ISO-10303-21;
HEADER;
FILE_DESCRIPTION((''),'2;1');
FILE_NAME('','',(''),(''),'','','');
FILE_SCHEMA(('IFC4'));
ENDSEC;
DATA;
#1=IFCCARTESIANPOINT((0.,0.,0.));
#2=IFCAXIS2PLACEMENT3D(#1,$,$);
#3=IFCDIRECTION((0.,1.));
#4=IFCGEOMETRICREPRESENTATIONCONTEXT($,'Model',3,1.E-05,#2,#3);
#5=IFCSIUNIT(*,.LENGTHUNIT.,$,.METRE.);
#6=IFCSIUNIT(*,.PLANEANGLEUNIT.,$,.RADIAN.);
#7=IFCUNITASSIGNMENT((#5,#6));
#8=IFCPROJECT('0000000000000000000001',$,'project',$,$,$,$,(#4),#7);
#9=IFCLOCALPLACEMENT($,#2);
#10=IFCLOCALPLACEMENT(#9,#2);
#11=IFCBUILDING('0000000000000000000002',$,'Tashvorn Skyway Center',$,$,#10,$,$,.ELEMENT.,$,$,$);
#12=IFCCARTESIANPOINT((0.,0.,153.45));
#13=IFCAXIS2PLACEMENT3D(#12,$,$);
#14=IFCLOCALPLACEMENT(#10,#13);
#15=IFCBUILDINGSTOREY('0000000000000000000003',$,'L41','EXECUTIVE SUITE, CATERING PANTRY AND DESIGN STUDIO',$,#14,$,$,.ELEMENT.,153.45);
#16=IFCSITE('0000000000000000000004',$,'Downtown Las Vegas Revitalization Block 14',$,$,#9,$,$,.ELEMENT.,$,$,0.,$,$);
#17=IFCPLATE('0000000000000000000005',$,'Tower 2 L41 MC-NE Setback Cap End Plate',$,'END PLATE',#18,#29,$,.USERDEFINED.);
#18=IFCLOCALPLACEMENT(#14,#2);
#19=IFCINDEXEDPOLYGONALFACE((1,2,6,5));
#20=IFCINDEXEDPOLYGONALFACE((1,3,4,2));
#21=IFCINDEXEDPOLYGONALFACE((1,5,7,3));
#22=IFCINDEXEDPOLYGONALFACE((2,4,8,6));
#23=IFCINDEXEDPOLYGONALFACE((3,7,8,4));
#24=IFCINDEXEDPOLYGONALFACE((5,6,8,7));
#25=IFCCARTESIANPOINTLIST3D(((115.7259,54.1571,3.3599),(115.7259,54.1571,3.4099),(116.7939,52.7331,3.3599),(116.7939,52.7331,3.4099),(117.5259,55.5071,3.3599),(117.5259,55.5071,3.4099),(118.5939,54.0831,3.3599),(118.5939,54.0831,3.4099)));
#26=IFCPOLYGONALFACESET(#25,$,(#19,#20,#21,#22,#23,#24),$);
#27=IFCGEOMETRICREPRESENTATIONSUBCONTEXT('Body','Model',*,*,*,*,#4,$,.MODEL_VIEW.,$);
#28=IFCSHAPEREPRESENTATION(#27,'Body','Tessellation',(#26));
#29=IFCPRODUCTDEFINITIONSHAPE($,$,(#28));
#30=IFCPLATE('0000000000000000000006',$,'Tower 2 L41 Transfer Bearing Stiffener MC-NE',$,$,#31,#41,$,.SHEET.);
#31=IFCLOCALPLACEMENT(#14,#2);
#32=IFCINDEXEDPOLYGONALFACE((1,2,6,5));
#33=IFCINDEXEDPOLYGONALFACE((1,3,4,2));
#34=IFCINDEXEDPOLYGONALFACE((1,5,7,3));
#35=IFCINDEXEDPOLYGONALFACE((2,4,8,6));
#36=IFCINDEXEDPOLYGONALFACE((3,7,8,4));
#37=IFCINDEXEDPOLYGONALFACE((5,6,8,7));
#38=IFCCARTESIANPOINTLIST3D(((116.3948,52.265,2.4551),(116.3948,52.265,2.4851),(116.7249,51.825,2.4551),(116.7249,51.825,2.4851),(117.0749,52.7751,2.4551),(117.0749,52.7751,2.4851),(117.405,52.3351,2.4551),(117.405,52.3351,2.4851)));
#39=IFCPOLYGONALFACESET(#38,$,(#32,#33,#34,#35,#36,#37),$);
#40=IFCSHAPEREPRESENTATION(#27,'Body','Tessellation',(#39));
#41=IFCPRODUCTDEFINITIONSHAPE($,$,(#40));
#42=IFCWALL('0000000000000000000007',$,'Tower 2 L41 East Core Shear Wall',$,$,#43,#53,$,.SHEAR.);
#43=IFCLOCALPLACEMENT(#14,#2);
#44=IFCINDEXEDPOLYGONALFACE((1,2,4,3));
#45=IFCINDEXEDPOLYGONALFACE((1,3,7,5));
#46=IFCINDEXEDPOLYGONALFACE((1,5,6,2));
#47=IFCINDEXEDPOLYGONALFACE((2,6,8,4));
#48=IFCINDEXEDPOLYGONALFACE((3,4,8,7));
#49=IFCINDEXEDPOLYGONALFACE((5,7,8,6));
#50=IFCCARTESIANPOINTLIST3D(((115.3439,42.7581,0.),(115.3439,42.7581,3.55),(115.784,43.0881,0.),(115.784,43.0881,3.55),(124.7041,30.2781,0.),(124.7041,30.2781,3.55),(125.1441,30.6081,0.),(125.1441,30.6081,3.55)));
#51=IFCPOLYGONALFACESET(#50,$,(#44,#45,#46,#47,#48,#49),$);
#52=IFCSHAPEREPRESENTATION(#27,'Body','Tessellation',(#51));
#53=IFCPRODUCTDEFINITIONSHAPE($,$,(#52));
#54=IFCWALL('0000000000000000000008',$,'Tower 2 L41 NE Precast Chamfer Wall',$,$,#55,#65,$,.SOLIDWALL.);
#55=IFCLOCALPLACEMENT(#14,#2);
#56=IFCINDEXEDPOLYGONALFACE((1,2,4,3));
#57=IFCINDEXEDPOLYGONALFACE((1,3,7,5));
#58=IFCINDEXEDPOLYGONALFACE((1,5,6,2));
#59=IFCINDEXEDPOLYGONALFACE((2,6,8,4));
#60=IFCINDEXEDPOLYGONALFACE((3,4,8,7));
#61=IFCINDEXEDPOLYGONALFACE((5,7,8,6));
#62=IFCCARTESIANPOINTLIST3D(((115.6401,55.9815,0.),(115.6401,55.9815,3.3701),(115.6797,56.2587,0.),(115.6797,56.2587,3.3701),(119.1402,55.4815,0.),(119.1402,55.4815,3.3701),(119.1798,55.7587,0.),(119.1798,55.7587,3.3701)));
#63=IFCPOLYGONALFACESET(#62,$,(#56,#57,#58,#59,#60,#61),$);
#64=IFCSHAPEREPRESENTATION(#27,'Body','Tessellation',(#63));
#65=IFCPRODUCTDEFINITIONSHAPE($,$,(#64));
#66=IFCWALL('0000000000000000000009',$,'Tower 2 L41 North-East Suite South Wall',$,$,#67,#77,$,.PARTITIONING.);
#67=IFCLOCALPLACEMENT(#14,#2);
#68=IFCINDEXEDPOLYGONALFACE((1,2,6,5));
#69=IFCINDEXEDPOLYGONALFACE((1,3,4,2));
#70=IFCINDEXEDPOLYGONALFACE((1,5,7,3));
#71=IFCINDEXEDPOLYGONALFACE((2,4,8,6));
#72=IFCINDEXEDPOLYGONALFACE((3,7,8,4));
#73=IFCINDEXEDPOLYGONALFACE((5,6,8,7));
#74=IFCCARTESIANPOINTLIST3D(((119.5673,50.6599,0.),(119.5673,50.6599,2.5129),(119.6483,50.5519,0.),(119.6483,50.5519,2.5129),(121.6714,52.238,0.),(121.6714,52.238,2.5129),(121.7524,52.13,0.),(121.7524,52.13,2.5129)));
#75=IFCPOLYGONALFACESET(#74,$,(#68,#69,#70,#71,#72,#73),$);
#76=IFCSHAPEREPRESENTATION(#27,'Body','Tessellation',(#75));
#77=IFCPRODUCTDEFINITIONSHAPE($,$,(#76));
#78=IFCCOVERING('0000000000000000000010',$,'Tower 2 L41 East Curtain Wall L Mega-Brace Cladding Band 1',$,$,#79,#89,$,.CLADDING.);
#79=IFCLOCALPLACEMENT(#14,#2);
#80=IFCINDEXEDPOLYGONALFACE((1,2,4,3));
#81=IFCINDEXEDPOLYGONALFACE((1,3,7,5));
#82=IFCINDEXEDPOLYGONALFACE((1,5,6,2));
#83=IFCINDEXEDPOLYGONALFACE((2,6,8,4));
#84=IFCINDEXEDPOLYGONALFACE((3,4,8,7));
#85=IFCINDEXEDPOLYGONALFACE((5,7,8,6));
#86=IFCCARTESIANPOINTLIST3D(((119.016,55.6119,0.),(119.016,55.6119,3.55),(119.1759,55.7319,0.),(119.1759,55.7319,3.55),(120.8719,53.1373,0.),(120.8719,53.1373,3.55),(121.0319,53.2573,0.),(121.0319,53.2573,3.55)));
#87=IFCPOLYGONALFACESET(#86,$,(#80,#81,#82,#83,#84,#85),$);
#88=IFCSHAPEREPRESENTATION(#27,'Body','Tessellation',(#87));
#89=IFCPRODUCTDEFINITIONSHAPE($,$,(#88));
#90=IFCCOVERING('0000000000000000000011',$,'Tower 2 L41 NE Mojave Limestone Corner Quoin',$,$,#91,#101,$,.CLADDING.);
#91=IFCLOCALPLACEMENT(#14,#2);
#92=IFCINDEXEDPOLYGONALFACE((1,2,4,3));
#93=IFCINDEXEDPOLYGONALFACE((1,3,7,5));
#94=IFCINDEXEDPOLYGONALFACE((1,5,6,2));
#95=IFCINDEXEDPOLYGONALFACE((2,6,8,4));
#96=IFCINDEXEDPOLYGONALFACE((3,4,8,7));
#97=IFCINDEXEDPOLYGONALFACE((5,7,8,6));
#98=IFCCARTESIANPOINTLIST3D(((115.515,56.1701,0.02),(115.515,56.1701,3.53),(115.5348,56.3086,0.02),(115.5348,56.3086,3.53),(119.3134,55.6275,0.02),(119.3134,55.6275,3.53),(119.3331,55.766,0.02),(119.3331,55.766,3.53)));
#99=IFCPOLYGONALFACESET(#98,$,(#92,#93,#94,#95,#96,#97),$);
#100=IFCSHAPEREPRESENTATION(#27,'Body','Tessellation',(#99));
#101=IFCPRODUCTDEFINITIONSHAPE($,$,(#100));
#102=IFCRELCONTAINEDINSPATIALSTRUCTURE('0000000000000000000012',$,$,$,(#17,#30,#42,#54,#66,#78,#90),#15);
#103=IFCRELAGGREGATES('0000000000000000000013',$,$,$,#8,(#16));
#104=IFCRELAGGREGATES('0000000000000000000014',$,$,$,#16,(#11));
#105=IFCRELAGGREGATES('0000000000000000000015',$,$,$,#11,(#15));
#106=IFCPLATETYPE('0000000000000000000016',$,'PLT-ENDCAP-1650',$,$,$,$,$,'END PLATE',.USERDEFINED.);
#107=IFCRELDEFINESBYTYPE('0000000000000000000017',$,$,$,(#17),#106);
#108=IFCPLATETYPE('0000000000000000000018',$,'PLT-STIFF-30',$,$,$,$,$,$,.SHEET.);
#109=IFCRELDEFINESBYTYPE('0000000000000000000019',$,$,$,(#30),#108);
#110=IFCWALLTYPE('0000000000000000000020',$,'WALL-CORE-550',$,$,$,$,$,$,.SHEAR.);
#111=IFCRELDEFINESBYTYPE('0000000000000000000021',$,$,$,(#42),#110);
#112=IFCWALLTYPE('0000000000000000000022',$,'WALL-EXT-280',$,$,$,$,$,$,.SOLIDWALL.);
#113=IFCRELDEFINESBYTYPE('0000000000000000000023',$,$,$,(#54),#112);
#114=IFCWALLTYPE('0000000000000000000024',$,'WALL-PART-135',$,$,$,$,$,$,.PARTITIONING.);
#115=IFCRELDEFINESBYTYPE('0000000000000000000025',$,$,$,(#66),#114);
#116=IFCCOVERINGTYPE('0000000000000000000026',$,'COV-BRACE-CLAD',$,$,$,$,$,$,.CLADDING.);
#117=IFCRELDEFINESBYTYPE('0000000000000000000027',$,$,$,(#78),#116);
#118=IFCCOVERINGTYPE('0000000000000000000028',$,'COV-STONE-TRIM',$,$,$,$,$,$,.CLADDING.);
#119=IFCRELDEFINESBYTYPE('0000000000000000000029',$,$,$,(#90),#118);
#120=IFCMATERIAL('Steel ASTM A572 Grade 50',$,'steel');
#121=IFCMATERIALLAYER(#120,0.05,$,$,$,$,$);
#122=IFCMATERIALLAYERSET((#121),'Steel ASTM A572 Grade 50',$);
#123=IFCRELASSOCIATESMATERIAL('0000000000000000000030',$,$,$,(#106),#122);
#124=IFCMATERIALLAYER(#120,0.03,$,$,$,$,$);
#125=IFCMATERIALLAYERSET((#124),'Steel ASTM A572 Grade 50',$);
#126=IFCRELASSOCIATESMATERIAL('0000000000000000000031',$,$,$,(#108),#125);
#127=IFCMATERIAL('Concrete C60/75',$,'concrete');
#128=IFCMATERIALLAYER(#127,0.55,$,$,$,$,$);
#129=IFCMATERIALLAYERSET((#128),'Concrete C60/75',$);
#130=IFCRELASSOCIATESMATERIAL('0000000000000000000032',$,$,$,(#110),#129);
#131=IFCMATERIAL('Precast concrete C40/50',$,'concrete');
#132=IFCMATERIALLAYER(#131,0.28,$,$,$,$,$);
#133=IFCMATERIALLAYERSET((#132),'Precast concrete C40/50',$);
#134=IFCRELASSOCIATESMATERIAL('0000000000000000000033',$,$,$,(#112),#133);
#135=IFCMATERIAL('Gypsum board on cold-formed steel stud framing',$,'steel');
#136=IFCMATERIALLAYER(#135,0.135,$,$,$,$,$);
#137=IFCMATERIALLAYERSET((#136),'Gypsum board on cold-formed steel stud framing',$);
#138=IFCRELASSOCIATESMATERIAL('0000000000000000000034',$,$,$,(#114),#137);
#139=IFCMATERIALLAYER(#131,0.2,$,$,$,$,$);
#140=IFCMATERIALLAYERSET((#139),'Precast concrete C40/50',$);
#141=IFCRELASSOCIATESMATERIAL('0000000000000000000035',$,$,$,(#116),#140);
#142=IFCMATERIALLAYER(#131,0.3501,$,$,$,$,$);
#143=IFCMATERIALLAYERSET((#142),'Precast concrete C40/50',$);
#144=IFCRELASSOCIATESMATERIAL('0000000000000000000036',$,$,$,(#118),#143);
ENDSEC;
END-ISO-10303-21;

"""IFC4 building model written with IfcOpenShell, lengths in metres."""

from ifc_helpers import new_model, si_unit, direction, frame, frame_2d, origin, origin_2d, place, context, subcontext, project, spatial, rectangle, extrude, material, layer, layer_set, type_object, element, save


model = new_model("IFC4")

# Units and contexts
model_context = context("Model", 3, precision=1e-05, world=origin(), true_north=direction((0.0, 1.0)))
body_context = subcontext(model_context, "Body", "Model", "MODEL_VIEW")
ifc_project = project(units=[si_unit("LENGTHUNIT", "METRE"), si_unit("PLANEANGLEUNIT", "RADIAN")], contexts=[model_context])

# Site, building, storey
site_placement = place(None, origin())
site = spatial("IfcSite", under=ifc_project, at=site_placement, Name="Downtown Las Vegas Revitalization Block 14", CompositionType="ELEMENT", RefElevation=0.0)
building_placement = place(site_placement, origin())
building = spatial("IfcBuilding", under=site, at=building_placement, Name="Tashvorn Skyway Center", CompositionType="ELEMENT")
storey_placement = place(building_placement, frame((0.0, 0.0, 153.45)))
storey = spatial("IfcBuildingStorey", under=building, at=storey_placement, Name="L41", Description="EXECUTIVE SUITE, CATERING PANTRY AND DESIGN STUDIO", CompositionType="ELEMENT", Elevation=153.45)

# Shared definitions
ifc_material_1 = material(Name="Steel ASTM A572 Grade 50", Category="steel")

# Plates
ifc_layer_1 = layer(ifc_material_1, 0.05)
ifc_layer_set_1 = layer_set([ifc_layer_1], Name="Steel ASTM A572 Grade 50")
plate_type_1 = type_object("IfcPlateType", Name="PLT-ENDCAP-1650", ElementType="END PLATE", PredefinedType="USERDEFINED", material=ifc_layer_set_1)
plate_1_placement = place(storey_placement, frame((117.1599, 54.1201, 3.3599), z_axis=(0.0, 0.0, 1.0), x_axis=(0.8, 0.6, 0.0)))
element("IfcPlate", 1, at=plate_1_placement, inside=storey, type_object=plate_type_1, Name="Tower 2 L41 MC-NE Setback Cap End Plate", ObjectType="END PLATE", PredefinedType="USERDEFINED", context=body_context, shape_type="SweptSolid", body=[
    extrude(rectangle(XDim=2.25, YDim=1.78, at=origin_2d()), origin(), (0.0, 0.0, 1.0), 0.05),
])
ifc_layer_2 = layer(ifc_material_1, 0.03)
ifc_layer_set_2 = layer_set([ifc_layer_2], Name="Steel ASTM A572 Grade 50")
plate_type_2 = type_object("IfcPlateType", Name="PLT-STIFF-30", PredefinedType="SHEET", material=ifc_layer_set_2)
plate_2_placement = place(storey_placement, frame((116.8999, 52.3, 2.4551), z_axis=(0.0, 0.0, 1.0), x_axis=(0.8, 0.6, 0.0)))
element("IfcPlate", 2, at=plate_2_placement, inside=storey, type_object=plate_type_2, Name="Tower 2 L41 Transfer Bearing Stiffener MC-NE", PredefinedType="SHEET", context=body_context, shape_type="SweptSolid", body=[
    extrude(rectangle(XDim=0.8501, YDim=0.55, at=origin_2d()), origin(), (0.0, 0.0, 1.0), 0.03),
])

# Walls
ifc_material_2 = material(Name="Concrete C60/75", Category="concrete")
ifc_layer_3 = layer(ifc_material_2, 0.55)
ifc_layer_set_3 = layer_set([ifc_layer_3], Name="Concrete C60/75")
wall_type_1 = type_object("IfcWallType", Name="WALL-CORE-550", PredefinedType="SHEAR", material=ifc_layer_set_3)
wall_1_placement = place(storey_placement, frame((115.564, 42.9231, 0.0), z_axis=(0.0, 0.0, 1.0), x_axis=(0.600005, -0.799996, 0.0)))
element("IfcWall", 3, at=wall_1_placement, inside=storey, type_object=wall_type_1, Name="Tower 2 L41 East Core Shear Wall", PredefinedType="SHEAR", context=body_context, shape_type="SweptSolid", body=[
    extrude(rectangle(XDim=15.6001, YDim=0.55, at=frame_2d((7.8, 0.0))), origin(), (0.0, 0.0, 1.0), 3.55),
])
ifc_material_3 = material(Name="Precast concrete C40/50", Category="concrete")
ifc_layer_4 = layer(ifc_material_3, 0.28)
ifc_layer_set_4 = layer_set([ifc_layer_4], Name="Precast concrete C40/50")
wall_type_2 = type_object("IfcWallType", Name="WALL-EXT-280", PredefinedType="SOLIDWALL", material=ifc_layer_set_4)
wall_2_placement = place(storey_placement, frame((115.6599, 56.1201, 0.0), z_axis=(0.0, 0.0, 1.0), x_axis=(0.989949, -0.141421, 0.0)))
element("IfcWall", 4, at=wall_2_placement, inside=storey, type_object=wall_type_2, Name="Tower 2 L41 NE Precast Chamfer Wall", PredefinedType="SOLIDWALL", context=body_context, shape_type="SweptSolid", body=[
    extrude(rectangle(XDim=3.5356, YDim=0.28, at=frame_2d((1.7678, 0.0))), origin(), (0.0, 0.0, 1.0), 3.3701),
])
ifc_material_4 = material(Name="Gypsum board on cold-formed steel stud framing", Category="steel")
ifc_layer_5 = layer(ifc_material_4, 0.135)
ifc_layer_set_5 = layer_set([ifc_layer_5], Name="Gypsum board on cold-formed steel stud framing")
wall_type_3 = type_object("IfcWallType", Name="WALL-PART-135", PredefinedType="PARTITIONING", material=ifc_layer_set_5)
wall_3_placement = place(storey_placement, frame((119.6079, 50.606, 0.0), z_axis=(0.0, 0.0, 1.0), x_axis=(0.799978, 0.60003, 0.0)))
element("IfcWall", 5, at=wall_3_placement, inside=storey, type_object=wall_type_3, Name="Tower 2 L41 North-East Suite South Wall", PredefinedType="PARTITIONING", context=body_context, shape_type="SweptSolid", body=[
    extrude(rectangle(XDim=2.6301, YDim=0.135, at=frame_2d((1.3149, 0.0))), origin(), (0.0, 0.0, 1.0), 2.5129),
])

# Coverings
ifc_layer_6 = layer(ifc_material_3, 0.2)
ifc_layer_set_6 = layer_set([ifc_layer_6], Name="Precast concrete C40/50")
covering_type_1 = type_object("IfcCoveringType", Name="COV-BRACE-CLAD", PredefinedType="CLADDING", material=ifc_layer_set_6)
covering_1_placement = place(storey_placement, frame((120.0239, 54.4346, 0.0), z_axis=(0.0, 0.0, 1.0), x_axis=(0.6, -0.8, 0.0)))
element("IfcCovering", 6, at=covering_1_placement, inside=storey, type_object=covering_type_1, Name="Tower 2 L41 East Curtain Wall L Mega-Brace Cladding Band 1", PredefinedType="CLADDING", context=body_context, shape_type="SweptSolid", body=[
    extrude(rectangle(XDim=3.0933, YDim=0.2, at=origin_2d()), origin(), (0.0, 0.0, 1.0), 3.55),
])
ifc_layer_7 = layer(ifc_material_3, 0.3501)
ifc_layer_set_7 = layer_set([ifc_layer_7], Name="Precast concrete C40/50")
covering_type_2 = type_object("IfcCoveringType", Name="COV-STONE-TRIM", PredefinedType="CLADDING", material=ifc_layer_set_7)
covering_2_placement = place(storey_placement, frame((117.4241, 55.968, 0.02), z_axis=(0.0, 0.0, 1.0), x_axis=(0.989949, -0.141421, 0.0)))
element("IfcCovering", 7, at=covering_2_placement, inside=storey, type_object=covering_type_2, Name="Tower 2 L41 NE Mojave Limestone Corner Quoin", PredefinedType="CLADDING", context=body_context, shape_type="SweptSolid", body=[
    extrude(rectangle(XDim=3.8369, YDim=0.1399, at=origin_2d()), origin(), (0.0, 0.0, 1.0), 3.51),
])

save(model, "model.ifc")
